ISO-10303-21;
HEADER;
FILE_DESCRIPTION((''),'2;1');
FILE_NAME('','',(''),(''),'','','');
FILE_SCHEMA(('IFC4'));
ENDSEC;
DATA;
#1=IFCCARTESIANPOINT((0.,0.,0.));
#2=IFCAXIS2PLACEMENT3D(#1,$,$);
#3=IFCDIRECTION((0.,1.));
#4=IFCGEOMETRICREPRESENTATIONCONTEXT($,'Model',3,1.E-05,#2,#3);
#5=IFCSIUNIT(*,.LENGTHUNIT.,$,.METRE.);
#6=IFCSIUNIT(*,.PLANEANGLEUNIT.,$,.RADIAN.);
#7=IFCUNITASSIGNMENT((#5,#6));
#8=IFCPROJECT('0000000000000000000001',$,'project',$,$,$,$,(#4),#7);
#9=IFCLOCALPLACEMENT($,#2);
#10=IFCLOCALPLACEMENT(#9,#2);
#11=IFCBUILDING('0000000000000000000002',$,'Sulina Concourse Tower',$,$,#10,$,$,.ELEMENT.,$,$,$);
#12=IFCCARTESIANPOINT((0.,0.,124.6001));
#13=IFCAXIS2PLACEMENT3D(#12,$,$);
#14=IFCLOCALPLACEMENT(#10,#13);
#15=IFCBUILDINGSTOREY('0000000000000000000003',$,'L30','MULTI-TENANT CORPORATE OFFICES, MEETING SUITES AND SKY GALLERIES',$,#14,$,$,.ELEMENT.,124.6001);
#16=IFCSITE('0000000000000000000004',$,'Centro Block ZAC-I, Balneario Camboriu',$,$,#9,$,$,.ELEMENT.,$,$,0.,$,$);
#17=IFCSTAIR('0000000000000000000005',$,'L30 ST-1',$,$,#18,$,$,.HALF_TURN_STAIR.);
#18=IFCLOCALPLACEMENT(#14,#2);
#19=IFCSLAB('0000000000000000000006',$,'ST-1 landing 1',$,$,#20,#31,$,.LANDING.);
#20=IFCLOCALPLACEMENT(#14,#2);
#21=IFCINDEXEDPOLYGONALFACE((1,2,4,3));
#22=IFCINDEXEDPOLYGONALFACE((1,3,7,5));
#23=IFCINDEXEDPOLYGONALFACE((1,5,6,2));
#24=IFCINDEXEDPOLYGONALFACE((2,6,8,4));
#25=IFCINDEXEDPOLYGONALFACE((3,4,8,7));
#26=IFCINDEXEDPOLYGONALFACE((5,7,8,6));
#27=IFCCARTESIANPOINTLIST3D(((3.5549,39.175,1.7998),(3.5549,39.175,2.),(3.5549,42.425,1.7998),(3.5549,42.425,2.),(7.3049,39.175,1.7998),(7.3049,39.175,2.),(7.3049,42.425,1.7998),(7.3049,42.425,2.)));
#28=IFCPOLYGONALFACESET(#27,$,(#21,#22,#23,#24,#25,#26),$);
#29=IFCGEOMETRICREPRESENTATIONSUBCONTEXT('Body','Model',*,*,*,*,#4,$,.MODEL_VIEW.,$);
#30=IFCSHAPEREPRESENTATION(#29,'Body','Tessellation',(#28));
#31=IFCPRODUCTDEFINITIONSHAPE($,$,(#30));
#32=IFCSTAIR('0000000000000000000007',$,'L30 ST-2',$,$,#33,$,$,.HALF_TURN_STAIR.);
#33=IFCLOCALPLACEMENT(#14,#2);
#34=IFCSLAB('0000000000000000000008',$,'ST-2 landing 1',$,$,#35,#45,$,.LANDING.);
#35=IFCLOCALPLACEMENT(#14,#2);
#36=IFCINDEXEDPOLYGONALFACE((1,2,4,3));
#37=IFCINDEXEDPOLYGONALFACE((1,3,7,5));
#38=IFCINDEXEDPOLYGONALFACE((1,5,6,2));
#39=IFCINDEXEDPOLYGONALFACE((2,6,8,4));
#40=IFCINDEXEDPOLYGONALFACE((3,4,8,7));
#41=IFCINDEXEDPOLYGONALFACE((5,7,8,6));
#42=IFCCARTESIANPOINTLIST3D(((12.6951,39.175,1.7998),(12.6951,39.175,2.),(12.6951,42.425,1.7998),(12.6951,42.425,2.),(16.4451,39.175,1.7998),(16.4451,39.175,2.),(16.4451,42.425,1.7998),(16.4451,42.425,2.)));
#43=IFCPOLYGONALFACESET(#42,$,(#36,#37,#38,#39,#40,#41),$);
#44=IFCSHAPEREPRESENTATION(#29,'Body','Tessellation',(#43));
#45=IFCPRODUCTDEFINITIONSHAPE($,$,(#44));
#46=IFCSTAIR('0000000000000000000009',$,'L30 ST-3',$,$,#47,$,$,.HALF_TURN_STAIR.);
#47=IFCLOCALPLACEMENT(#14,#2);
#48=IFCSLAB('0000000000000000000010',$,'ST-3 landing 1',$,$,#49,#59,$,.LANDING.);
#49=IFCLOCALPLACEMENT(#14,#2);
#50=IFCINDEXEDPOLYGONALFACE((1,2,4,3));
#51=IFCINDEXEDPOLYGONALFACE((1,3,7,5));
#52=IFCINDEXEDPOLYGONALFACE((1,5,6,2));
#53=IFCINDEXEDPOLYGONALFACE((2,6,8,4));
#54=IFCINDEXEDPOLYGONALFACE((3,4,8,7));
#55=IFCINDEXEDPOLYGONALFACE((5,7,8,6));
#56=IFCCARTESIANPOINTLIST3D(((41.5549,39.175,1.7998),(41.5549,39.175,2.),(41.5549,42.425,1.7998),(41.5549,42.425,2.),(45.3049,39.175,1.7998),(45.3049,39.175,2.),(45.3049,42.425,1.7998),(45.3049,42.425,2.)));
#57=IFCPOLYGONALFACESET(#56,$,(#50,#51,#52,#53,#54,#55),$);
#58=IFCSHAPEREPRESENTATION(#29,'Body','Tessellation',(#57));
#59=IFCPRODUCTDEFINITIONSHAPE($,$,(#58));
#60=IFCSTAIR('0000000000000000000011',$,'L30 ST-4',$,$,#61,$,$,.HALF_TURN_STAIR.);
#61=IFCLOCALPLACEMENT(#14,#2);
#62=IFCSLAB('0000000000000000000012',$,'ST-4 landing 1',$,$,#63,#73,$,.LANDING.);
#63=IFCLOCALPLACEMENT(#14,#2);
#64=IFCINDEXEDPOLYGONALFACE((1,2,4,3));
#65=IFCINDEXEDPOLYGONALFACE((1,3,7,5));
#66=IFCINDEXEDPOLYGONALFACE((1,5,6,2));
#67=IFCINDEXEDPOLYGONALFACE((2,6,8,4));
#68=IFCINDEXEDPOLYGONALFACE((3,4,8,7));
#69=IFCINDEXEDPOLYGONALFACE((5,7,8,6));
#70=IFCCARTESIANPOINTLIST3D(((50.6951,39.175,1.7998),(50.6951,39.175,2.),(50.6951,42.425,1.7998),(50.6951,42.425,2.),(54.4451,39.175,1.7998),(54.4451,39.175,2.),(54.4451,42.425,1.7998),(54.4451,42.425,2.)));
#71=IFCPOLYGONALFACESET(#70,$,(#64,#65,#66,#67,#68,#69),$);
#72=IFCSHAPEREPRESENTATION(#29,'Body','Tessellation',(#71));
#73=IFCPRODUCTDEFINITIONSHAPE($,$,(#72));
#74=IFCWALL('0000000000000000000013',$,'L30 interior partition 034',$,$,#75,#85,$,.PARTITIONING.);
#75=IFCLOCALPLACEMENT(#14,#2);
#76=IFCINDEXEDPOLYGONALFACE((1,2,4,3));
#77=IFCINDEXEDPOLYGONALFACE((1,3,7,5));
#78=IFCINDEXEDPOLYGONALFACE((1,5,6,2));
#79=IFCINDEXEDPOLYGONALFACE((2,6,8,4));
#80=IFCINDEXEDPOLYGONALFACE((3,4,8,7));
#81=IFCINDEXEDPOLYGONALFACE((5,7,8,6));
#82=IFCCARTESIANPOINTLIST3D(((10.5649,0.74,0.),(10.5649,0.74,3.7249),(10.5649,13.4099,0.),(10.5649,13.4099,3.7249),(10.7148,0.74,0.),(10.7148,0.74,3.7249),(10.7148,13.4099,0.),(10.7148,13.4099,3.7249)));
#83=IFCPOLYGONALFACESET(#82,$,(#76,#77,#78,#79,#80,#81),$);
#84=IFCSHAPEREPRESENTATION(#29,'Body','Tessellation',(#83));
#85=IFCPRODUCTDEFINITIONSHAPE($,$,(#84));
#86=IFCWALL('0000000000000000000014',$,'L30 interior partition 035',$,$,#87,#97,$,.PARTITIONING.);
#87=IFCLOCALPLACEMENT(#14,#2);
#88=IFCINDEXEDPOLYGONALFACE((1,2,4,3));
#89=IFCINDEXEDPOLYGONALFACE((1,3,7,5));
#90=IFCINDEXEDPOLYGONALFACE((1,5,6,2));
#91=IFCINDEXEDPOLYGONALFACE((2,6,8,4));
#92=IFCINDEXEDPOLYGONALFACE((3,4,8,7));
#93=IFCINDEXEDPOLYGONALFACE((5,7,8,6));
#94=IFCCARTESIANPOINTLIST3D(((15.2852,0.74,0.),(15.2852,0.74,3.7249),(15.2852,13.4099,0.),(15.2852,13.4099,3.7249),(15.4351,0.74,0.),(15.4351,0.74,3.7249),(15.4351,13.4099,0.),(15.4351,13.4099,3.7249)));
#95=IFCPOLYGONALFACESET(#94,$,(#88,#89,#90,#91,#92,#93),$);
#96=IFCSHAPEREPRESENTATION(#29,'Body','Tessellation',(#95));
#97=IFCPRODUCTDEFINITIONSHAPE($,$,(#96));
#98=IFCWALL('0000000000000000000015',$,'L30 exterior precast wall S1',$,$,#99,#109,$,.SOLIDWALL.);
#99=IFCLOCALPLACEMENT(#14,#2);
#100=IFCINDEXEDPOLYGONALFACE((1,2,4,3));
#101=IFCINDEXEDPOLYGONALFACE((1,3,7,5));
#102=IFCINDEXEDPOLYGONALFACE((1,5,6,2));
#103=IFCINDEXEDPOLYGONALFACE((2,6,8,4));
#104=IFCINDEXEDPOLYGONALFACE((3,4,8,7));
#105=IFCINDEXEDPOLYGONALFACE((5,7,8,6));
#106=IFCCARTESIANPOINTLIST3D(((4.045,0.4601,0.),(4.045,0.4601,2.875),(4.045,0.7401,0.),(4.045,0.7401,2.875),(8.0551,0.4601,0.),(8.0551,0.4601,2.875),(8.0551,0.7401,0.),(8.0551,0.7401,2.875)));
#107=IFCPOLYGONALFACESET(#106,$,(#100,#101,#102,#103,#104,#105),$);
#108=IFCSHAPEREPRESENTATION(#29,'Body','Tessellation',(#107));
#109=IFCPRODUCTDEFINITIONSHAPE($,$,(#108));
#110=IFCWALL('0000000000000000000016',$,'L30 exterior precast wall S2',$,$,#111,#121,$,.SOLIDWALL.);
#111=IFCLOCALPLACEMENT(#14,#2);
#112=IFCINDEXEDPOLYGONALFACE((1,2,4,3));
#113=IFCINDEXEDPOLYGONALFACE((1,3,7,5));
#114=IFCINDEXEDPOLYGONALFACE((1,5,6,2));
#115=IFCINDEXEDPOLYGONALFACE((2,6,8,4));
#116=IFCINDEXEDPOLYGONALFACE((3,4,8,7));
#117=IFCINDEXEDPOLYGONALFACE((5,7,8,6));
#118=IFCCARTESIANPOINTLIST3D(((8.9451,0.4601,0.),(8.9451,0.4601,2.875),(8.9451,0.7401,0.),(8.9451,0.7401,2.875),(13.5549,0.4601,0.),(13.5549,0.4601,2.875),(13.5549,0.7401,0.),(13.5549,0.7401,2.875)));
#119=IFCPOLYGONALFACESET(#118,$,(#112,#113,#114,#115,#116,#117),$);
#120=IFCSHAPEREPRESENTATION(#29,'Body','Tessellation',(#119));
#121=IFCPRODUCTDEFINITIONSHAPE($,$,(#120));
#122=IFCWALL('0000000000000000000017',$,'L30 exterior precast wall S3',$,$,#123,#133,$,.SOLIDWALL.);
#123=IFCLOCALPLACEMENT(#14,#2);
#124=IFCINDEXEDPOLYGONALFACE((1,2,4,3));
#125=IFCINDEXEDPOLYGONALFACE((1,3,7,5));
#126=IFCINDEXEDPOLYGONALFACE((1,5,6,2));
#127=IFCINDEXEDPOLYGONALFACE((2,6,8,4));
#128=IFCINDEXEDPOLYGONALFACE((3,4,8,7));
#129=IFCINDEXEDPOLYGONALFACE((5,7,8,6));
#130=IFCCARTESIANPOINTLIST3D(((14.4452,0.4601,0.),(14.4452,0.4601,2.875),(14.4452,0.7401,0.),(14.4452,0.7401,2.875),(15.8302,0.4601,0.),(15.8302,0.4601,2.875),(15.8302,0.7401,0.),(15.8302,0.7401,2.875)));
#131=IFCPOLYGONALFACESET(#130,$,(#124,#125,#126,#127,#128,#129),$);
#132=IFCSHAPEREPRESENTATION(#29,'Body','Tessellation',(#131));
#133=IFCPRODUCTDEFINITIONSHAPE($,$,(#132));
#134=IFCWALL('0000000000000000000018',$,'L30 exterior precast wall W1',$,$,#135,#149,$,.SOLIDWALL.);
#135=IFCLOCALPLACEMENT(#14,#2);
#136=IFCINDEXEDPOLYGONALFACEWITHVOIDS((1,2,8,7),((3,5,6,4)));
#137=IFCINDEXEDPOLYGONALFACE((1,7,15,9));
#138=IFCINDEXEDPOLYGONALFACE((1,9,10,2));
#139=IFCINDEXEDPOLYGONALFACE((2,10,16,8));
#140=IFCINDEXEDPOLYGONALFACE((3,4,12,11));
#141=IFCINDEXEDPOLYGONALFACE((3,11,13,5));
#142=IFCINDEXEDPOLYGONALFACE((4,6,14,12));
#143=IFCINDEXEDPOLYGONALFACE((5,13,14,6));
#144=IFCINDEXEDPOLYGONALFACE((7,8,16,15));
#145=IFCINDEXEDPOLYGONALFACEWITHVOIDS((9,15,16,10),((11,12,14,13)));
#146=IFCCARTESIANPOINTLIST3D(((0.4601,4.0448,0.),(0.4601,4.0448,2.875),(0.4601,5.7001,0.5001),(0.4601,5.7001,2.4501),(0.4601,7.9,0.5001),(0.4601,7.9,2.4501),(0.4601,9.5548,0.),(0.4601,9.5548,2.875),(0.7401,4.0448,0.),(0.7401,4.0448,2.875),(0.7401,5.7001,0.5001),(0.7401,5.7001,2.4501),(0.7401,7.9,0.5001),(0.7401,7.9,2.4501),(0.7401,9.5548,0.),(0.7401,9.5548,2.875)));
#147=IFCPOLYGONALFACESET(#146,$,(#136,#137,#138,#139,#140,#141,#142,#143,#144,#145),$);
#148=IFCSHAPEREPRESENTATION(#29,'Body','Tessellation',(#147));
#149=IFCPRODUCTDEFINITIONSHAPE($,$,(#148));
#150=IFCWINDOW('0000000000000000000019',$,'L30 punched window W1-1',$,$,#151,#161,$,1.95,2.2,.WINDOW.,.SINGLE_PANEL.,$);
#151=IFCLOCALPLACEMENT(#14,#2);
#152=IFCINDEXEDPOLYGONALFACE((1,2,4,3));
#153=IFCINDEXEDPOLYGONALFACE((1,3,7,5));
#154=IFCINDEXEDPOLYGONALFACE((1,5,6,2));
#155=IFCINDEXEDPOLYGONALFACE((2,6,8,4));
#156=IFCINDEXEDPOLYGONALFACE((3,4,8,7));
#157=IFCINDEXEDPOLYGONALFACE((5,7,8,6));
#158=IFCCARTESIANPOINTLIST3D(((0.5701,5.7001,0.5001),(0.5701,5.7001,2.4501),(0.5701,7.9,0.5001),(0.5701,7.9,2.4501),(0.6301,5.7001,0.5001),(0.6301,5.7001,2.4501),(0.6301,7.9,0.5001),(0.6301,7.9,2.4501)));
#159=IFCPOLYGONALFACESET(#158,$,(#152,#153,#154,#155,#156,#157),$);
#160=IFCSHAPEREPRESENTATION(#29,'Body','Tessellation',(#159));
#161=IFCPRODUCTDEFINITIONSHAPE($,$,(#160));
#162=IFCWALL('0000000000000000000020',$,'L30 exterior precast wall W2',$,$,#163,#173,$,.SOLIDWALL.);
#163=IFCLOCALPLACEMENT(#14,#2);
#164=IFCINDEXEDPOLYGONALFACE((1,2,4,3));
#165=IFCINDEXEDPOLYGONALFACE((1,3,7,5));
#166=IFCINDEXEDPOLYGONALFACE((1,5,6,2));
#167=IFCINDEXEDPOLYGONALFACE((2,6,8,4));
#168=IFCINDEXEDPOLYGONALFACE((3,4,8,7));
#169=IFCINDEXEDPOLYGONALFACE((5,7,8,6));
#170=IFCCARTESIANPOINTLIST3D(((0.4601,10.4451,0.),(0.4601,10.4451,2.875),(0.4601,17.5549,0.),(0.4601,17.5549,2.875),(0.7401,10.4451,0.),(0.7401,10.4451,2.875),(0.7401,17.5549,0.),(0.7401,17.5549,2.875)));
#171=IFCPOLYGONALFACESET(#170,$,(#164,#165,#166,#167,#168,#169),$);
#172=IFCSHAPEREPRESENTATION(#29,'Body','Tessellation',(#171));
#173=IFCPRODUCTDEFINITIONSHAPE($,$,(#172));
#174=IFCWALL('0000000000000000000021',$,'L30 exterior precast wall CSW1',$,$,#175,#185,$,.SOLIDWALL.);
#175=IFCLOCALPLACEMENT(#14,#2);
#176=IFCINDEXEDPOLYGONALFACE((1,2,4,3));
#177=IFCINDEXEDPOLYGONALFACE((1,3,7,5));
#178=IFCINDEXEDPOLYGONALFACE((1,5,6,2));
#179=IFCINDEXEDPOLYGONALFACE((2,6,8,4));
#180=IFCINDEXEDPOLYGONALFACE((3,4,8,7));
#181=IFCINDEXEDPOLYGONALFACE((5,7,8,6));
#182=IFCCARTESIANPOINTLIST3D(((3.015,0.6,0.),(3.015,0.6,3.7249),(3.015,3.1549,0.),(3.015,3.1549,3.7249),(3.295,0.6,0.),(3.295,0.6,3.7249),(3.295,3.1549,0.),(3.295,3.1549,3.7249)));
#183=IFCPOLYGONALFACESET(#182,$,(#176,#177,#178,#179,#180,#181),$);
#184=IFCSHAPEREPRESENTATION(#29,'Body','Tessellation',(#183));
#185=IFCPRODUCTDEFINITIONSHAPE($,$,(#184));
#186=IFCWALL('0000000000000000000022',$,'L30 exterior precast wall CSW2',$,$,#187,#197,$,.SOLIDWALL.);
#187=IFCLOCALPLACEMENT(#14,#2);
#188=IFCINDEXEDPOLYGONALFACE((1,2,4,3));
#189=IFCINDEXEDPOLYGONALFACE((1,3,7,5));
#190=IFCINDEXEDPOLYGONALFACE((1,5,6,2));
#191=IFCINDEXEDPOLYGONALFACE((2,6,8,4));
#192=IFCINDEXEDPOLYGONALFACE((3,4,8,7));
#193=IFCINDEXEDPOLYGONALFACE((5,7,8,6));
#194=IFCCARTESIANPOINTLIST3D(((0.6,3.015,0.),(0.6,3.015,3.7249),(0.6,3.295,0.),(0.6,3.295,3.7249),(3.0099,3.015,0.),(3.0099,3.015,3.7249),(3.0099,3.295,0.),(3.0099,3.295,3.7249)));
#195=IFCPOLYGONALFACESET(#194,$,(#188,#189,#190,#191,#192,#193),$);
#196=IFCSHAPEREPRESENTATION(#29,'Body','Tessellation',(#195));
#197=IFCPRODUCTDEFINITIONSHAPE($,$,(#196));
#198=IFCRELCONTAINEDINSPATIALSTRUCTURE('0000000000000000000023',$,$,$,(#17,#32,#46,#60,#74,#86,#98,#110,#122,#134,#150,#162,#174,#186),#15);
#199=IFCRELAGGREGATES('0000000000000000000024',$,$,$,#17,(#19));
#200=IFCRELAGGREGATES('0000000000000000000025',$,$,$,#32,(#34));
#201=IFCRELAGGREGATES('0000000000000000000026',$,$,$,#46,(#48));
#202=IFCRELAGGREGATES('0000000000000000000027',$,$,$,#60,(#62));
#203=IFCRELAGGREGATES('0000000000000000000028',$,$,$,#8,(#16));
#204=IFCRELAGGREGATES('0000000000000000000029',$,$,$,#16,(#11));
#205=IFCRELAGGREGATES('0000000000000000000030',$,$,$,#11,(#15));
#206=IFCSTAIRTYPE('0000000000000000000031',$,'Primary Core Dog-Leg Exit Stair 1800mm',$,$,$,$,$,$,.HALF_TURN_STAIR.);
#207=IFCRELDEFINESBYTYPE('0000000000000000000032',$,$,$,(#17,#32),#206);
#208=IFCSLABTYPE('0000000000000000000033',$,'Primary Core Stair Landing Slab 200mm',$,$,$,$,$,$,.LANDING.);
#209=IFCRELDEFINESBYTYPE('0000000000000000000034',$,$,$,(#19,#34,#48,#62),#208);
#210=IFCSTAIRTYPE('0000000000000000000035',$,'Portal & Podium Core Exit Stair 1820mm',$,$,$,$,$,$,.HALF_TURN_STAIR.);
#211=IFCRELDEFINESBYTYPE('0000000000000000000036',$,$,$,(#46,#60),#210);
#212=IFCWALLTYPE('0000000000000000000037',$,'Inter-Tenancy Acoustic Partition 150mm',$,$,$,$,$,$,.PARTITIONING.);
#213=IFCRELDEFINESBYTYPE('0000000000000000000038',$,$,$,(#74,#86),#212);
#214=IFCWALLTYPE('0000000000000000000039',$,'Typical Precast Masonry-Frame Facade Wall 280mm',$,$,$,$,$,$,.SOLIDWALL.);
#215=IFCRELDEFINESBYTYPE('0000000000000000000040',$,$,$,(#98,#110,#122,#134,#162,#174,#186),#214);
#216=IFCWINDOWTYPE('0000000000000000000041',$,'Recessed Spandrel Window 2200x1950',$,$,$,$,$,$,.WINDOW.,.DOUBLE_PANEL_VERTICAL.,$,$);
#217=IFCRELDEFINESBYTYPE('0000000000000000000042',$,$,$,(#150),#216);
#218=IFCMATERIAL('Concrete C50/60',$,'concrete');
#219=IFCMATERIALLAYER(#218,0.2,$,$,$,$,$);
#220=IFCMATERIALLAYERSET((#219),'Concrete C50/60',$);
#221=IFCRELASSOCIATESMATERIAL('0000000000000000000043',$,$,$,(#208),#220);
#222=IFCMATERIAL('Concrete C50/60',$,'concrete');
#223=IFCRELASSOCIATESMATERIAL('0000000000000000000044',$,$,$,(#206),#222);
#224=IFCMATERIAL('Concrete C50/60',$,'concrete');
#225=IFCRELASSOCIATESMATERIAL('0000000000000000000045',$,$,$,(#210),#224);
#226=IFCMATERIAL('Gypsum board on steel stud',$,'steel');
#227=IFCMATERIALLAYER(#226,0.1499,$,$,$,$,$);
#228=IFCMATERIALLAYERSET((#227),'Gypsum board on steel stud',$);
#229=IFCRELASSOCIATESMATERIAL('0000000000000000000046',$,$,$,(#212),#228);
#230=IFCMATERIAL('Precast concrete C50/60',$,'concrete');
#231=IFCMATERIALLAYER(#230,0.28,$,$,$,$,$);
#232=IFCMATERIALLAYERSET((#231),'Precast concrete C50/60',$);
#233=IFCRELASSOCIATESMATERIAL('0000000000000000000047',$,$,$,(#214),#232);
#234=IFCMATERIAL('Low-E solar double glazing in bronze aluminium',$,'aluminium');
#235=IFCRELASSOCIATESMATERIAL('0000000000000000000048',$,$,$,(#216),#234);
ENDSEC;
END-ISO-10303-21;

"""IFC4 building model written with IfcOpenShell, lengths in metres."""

from ifc_helpers import new_model, si_unit, direction, frame, frame_2d, origin, place, context, subcontext, project, spatial, polyline, rectangle, outline, extrude, material, layer, layer_set, type_object, element, fill, aggregate, save


model = new_model("IFC4")

# Units and contexts
model_context = context("Model", 3, precision=1e-05, world=origin(), true_north=direction((0.0, 1.0)))
body_context = subcontext(model_context, "Body", "Model", "MODEL_VIEW")
ifc_project = project(units=[si_unit("LENGTHUNIT", "METRE"), si_unit("PLANEANGLEUNIT", "RADIAN")], contexts=[model_context])

# Site, building, storey
site_placement = place(None, origin())
site = spatial("IfcSite", under=ifc_project, at=site_placement, Name="Centro Block ZAC-I, Balneario Camboriu", CompositionType="ELEMENT", RefElevation=0.0)
building_placement = place(site_placement, origin())
building = spatial("IfcBuilding", under=site, at=building_placement, Name="Sulina Concourse Tower", CompositionType="ELEMENT")
storey_placement = place(building_placement, frame((0.0, 0.0, 124.6001)))
storey = spatial("IfcBuildingStorey", under=building, at=storey_placement, Name="L30", Description="MULTI-TENANT CORPORATE OFFICES, MEETING SUITES AND SKY GALLERIES", CompositionType="ELEMENT", Elevation=124.6001)

# Shared definitions
ifc_material_1 = material(Name="Concrete C50/60", Category="concrete")
ifc_layer_1 = layer(ifc_material_1, 0.2)
ifc_layer_set_1 = layer_set([ifc_layer_1], Name="Concrete C50/60")
slab_type_1 = type_object("IfcSlabType", Name="Primary Core Stair Landing Slab 200mm", PredefinedType="LANDING", material=ifc_layer_set_1)

# Stairs, slabs
ifc_material_2 = material(Name="Concrete C50/60", Category="concrete")
stair_type_1 = type_object("IfcStairType", Name="Primary Core Dog-Leg Exit Stair 1800mm", PredefinedType="HALF_TURN_STAIR", material=ifc_material_2)
stair_1_placement = place(storey_placement, origin())
stair_1 = element("IfcStair", 1, at=stair_1_placement, inside=storey, type_object=stair_type_1, Name="L30 ST-1", PredefinedType="HALF_TURN_STAIR")
slab_1_placement = place(storey_placement, frame((0.0, 0.0, 1.7998)))
slab_1 = element("IfcSlab", 2, at=slab_1_placement, type_object=slab_type_1, Name="ST-1 landing 1", PredefinedType="LANDING", context=body_context, shape_type="SweptSolid", body=[
    extrude(outline(polyline([(7.3049, 39.175), (7.3049, 42.425), (3.5549, 42.425), (3.5549, 39.175), (7.3049, 39.175)])), origin(), (0.0, 0.0, 1.0), 0.2002),
])
aggregate(stair_1, [slab_1])
stair_2_placement = place(storey_placement, origin())
stair_2 = element("IfcStair", 3, at=stair_2_placement, inside=storey, type_object=stair_type_1, Name="L30 ST-2", PredefinedType="HALF_TURN_STAIR")
slab_2_placement = place(storey_placement, frame((0.0, 0.0, 1.7998)))
slab_2 = element("IfcSlab", 4, at=slab_2_placement, type_object=slab_type_1, Name="ST-2 landing 1", PredefinedType="LANDING", context=body_context, shape_type="SweptSolid", body=[
    extrude(outline(polyline([(16.4451, 39.175), (16.4451, 42.425), (12.6951, 42.425), (12.6951, 39.175), (16.4451, 39.175)])), origin(), (0.0, 0.0, 1.0), 0.2002),
])
aggregate(stair_2, [slab_2])
ifc_material_3 = material(Name="Concrete C50/60", Category="concrete")
stair_type_2 = type_object("IfcStairType", Name="Portal & Podium Core Exit Stair 1820mm", PredefinedType="HALF_TURN_STAIR", material=ifc_material_3)
stair_3_placement = place(storey_placement, origin())
stair_3 = element("IfcStair", 5, at=stair_3_placement, inside=storey, type_object=stair_type_2, Name="L30 ST-3", PredefinedType="HALF_TURN_STAIR")
slab_3_placement = place(storey_placement, frame((0.0, 0.0, 1.7998)))
slab_3 = element("IfcSlab", 6, at=slab_3_placement, type_object=slab_type_1, Name="ST-3 landing 1", PredefinedType="LANDING", context=body_context, shape_type="SweptSolid", body=[
    extrude(outline(polyline([(45.3049, 39.175), (45.3049, 42.425), (41.5549, 42.425), (41.5549, 39.175), (45.3049, 39.175)])), origin(), (0.0, 0.0, 1.0), 0.2002),
])
aggregate(stair_3, [slab_3])
stair_4_placement = place(storey_placement, origin())
stair_4 = element("IfcStair", 7, at=stair_4_placement, inside=storey, type_object=stair_type_2, Name="L30 ST-4", PredefinedType="HALF_TURN_STAIR")
slab_4_placement = place(storey_placement, frame((0.0, 0.0, 1.7998)))
slab_4 = element("IfcSlab", 8, at=slab_4_placement, type_object=slab_type_1, Name="ST-4 landing 1", PredefinedType="LANDING", context=body_context, shape_type="SweptSolid", body=[
    extrude(outline(polyline([(54.4451, 39.175), (54.4451, 42.425), (50.6951, 42.425), (50.6951, 39.175), (54.4451, 39.175)])), origin(), (0.0, 0.0, 1.0), 0.2002),
])
aggregate(stair_4, [slab_4])

# Walls
ifc_material_4 = material(Name="Gypsum board on steel stud", Category="steel")
ifc_layer_2 = layer(ifc_material_4, 0.1499)
ifc_layer_set_2 = layer_set([ifc_layer_2], Name="Gypsum board on steel stud")
wall_type_1 = type_object("IfcWallType", Name="Inter-Tenancy Acoustic Partition 150mm", PredefinedType="PARTITIONING", material=ifc_layer_set_2)
for number, where, z_axis, x_axis, name in (
    (9, (10.6399, 0.74, 0.0), (0.0, 0.0, 1.0), (0.0, 1.0, 0.0), "L30 interior partition 034"),
    (10, (15.3601, 0.74, 0.0), (0.0, 0.0, 1.0), (0.0, 1.0, 0.0), "L30 interior partition 035"),
):
    element("IfcWall", number, at=place(storey_placement, frame(where, z_axis=z_axis, x_axis=x_axis)), inside=storey, type_object=wall_type_1, Name=name, PredefinedType="PARTITIONING", context=body_context, shape_type="SweptSolid", body=[
        extrude(rectangle(XDim=12.6699, YDim=0.1499, at=frame_2d((6.335, 0.0))), origin(), (0.0, 0.0, 1.0), 3.7249),
    ])
ifc_material_5 = material(Name="Precast concrete C50/60", Category="concrete")
ifc_layer_3 = layer(ifc_material_5, 0.28)
ifc_layer_set_3 = layer_set([ifc_layer_3], Name="Precast concrete C50/60")
wall_type_2 = type_object("IfcWallType", Name="Typical Precast Masonry-Frame Facade Wall 280mm", PredefinedType="SOLIDWALL", material=ifc_layer_set_3)
wall_1_placement = place(storey_placement, frame((8.0549, 0.6001, 0.0), z_axis=(0.0, 0.0, 1.0), x_axis=(-1.0, 0.0, 0.0)))
element("IfcWall", 11, at=wall_1_placement, inside=storey, type_object=wall_type_2, Name="L30 exterior precast wall S1", PredefinedType="SOLIDWALL", context=body_context, shape_type="SweptSolid", body=[
    extrude(rectangle(XDim=4.01, YDim=0.28, at=frame_2d((2.0049, 0.0))), origin(), (0.0, 0.0, 1.0), 2.875),
])
wall_2_placement = place(storey_placement, frame((13.5549, 0.6001, 0.0), z_axis=(0.0, 0.0, 1.0), x_axis=(-1.0, 0.0, 0.0)))
element("IfcWall", 12, at=wall_2_placement, inside=storey, type_object=wall_type_2, Name="L30 exterior precast wall S2", PredefinedType="SOLIDWALL", context=body_context, shape_type="SweptSolid", body=[
    extrude(rectangle(XDim=4.6099, YDim=0.28, at=frame_2d((2.3049, 0.0))), origin(), (0.0, 0.0, 1.0), 2.875),
])
wall_3_placement = place(storey_placement, frame((15.8301, 0.6001, 0.0), z_axis=(0.0, 0.0, 1.0), x_axis=(-1.0, 0.0, 0.0)))
element("IfcWall", 13, at=wall_3_placement, inside=storey, type_object=wall_type_2, Name="L30 exterior precast wall S3", PredefinedType="SOLIDWALL", context=body_context, shape_type="SweptSolid", body=[
    extrude(rectangle(XDim=1.385, YDim=0.28, at=frame_2d((0.6924, 0.0))), origin(), (0.0, 0.0, 1.0), 2.875),
])

# Wall, opening, window
wall_4_placement = place(storey_placement, frame((0.6001, 4.0449, 0.0), z_axis=(0.0, 0.0, 1.0), x_axis=(0.0, 1.0, 0.0)))
wall_4 = element("IfcWall", 14, at=wall_4_placement, inside=storey, type_object=wall_type_2, Name="L30 exterior precast wall W1", PredefinedType="SOLIDWALL", context=body_context, shape_type="SweptSolid", body=[
    extrude(rectangle(XDim=5.51, YDim=0.28, at=frame_2d((2.7549, 0.0))), origin(), (0.0, 0.0, 1.0), 2.875),
])
opening_placement = place(wall_4_placement, frame((1.655, 0.0, 0.5)))
opening = element("IfcOpeningElement", 15, at=opening_placement, cuts=wall_4, PredefinedType="OPENING", context=body_context, shape_type="SweptSolid", body=[
    extrude(rectangle(XDim=2.2, YDim=1.95, at=frame_2d((1.1001, 0.9751))), frame((0.0, 0.1499, 0.0), z_axis=(0.0, -1.0, 0.0), x_axis=(1.0, 0.0, 0.0)), (0.0, 0.0, 1.0), 0.3),
])
ifc_material_6 = material(Name="Low-E solar double glazing in bronze aluminium", Category="aluminium")
window_type = type_object("IfcWindowType", Name="Recessed Spandrel Window 2200x1950", PartitioningType="DOUBLE_PANEL_VERTICAL", PredefinedType="WINDOW", material=ifc_material_6)
window_placement = place(opening_placement, origin())
window = element("IfcWindow", 16, at=window_placement, inside=storey, type_object=window_type, Name="L30 punched window W1-1", OverallHeight=1.95, OverallWidth=2.2, PartitioningType="SINGLE_PANEL", PredefinedType="WINDOW", context=body_context, shape_type="SweptSolid", body=[
    extrude(rectangle(XDim=2.2, YDim=1.95, at=frame_2d((1.1001, 0.9751))), frame((0.0, 0.03, 0.0), z_axis=(0.0, -1.0, 0.0), x_axis=(1.0, 0.0, 0.0)), (0.0, 0.0, 1.0), 0.0601),
])
fill(opening, window)

# Walls
wall_5_placement = place(storey_placement, frame((0.6001, 10.4451, 0.0), z_axis=(0.0, 0.0, 1.0), x_axis=(0.0, 1.0, 0.0)))
element("IfcWall", 17, at=wall_5_placement, inside=storey, type_object=wall_type_2, Name="L30 exterior precast wall W2", PredefinedType="SOLIDWALL", context=body_context, shape_type="SweptSolid", body=[
    extrude(rectangle(XDim=7.1099, YDim=0.28, at=frame_2d((3.5549, 0.0))), origin(), (0.0, 0.0, 1.0), 2.875),
])
wall_6_placement = place(storey_placement, frame((3.155, 0.6001, 0.0), z_axis=(0.0, 0.0, 1.0), x_axis=(0.0, 1.0, 0.0)))
element("IfcWall", 18, at=wall_6_placement, inside=storey, type_object=wall_type_2, Name="L30 exterior precast wall CSW1", PredefinedType="SOLIDWALL", context=body_context, shape_type="SweptSolid", body=[
    extrude(rectangle(XDim=2.5549, YDim=0.28, at=frame_2d((1.2773, 0.0))), origin(), (0.0, 0.0, 1.0), 3.7249),
])
wall_7_placement = place(storey_placement, frame((3.01, 3.155, 0.0), z_axis=(0.0, 0.0, 1.0), x_axis=(-1.0, 0.0, 0.0)))
element("IfcWall", 19, at=wall_7_placement, inside=storey, type_object=wall_type_2, Name="L30 exterior precast wall CSW2", PredefinedType="SOLIDWALL", context=body_context, shape_type="SweptSolid", body=[
    extrude(rectangle(XDim=2.4099, YDim=0.28, at=frame_2d((1.2051, 0.0))), origin(), (0.0, 0.0, 1.0), 3.7249),
])

save(model, "model.ifc")
